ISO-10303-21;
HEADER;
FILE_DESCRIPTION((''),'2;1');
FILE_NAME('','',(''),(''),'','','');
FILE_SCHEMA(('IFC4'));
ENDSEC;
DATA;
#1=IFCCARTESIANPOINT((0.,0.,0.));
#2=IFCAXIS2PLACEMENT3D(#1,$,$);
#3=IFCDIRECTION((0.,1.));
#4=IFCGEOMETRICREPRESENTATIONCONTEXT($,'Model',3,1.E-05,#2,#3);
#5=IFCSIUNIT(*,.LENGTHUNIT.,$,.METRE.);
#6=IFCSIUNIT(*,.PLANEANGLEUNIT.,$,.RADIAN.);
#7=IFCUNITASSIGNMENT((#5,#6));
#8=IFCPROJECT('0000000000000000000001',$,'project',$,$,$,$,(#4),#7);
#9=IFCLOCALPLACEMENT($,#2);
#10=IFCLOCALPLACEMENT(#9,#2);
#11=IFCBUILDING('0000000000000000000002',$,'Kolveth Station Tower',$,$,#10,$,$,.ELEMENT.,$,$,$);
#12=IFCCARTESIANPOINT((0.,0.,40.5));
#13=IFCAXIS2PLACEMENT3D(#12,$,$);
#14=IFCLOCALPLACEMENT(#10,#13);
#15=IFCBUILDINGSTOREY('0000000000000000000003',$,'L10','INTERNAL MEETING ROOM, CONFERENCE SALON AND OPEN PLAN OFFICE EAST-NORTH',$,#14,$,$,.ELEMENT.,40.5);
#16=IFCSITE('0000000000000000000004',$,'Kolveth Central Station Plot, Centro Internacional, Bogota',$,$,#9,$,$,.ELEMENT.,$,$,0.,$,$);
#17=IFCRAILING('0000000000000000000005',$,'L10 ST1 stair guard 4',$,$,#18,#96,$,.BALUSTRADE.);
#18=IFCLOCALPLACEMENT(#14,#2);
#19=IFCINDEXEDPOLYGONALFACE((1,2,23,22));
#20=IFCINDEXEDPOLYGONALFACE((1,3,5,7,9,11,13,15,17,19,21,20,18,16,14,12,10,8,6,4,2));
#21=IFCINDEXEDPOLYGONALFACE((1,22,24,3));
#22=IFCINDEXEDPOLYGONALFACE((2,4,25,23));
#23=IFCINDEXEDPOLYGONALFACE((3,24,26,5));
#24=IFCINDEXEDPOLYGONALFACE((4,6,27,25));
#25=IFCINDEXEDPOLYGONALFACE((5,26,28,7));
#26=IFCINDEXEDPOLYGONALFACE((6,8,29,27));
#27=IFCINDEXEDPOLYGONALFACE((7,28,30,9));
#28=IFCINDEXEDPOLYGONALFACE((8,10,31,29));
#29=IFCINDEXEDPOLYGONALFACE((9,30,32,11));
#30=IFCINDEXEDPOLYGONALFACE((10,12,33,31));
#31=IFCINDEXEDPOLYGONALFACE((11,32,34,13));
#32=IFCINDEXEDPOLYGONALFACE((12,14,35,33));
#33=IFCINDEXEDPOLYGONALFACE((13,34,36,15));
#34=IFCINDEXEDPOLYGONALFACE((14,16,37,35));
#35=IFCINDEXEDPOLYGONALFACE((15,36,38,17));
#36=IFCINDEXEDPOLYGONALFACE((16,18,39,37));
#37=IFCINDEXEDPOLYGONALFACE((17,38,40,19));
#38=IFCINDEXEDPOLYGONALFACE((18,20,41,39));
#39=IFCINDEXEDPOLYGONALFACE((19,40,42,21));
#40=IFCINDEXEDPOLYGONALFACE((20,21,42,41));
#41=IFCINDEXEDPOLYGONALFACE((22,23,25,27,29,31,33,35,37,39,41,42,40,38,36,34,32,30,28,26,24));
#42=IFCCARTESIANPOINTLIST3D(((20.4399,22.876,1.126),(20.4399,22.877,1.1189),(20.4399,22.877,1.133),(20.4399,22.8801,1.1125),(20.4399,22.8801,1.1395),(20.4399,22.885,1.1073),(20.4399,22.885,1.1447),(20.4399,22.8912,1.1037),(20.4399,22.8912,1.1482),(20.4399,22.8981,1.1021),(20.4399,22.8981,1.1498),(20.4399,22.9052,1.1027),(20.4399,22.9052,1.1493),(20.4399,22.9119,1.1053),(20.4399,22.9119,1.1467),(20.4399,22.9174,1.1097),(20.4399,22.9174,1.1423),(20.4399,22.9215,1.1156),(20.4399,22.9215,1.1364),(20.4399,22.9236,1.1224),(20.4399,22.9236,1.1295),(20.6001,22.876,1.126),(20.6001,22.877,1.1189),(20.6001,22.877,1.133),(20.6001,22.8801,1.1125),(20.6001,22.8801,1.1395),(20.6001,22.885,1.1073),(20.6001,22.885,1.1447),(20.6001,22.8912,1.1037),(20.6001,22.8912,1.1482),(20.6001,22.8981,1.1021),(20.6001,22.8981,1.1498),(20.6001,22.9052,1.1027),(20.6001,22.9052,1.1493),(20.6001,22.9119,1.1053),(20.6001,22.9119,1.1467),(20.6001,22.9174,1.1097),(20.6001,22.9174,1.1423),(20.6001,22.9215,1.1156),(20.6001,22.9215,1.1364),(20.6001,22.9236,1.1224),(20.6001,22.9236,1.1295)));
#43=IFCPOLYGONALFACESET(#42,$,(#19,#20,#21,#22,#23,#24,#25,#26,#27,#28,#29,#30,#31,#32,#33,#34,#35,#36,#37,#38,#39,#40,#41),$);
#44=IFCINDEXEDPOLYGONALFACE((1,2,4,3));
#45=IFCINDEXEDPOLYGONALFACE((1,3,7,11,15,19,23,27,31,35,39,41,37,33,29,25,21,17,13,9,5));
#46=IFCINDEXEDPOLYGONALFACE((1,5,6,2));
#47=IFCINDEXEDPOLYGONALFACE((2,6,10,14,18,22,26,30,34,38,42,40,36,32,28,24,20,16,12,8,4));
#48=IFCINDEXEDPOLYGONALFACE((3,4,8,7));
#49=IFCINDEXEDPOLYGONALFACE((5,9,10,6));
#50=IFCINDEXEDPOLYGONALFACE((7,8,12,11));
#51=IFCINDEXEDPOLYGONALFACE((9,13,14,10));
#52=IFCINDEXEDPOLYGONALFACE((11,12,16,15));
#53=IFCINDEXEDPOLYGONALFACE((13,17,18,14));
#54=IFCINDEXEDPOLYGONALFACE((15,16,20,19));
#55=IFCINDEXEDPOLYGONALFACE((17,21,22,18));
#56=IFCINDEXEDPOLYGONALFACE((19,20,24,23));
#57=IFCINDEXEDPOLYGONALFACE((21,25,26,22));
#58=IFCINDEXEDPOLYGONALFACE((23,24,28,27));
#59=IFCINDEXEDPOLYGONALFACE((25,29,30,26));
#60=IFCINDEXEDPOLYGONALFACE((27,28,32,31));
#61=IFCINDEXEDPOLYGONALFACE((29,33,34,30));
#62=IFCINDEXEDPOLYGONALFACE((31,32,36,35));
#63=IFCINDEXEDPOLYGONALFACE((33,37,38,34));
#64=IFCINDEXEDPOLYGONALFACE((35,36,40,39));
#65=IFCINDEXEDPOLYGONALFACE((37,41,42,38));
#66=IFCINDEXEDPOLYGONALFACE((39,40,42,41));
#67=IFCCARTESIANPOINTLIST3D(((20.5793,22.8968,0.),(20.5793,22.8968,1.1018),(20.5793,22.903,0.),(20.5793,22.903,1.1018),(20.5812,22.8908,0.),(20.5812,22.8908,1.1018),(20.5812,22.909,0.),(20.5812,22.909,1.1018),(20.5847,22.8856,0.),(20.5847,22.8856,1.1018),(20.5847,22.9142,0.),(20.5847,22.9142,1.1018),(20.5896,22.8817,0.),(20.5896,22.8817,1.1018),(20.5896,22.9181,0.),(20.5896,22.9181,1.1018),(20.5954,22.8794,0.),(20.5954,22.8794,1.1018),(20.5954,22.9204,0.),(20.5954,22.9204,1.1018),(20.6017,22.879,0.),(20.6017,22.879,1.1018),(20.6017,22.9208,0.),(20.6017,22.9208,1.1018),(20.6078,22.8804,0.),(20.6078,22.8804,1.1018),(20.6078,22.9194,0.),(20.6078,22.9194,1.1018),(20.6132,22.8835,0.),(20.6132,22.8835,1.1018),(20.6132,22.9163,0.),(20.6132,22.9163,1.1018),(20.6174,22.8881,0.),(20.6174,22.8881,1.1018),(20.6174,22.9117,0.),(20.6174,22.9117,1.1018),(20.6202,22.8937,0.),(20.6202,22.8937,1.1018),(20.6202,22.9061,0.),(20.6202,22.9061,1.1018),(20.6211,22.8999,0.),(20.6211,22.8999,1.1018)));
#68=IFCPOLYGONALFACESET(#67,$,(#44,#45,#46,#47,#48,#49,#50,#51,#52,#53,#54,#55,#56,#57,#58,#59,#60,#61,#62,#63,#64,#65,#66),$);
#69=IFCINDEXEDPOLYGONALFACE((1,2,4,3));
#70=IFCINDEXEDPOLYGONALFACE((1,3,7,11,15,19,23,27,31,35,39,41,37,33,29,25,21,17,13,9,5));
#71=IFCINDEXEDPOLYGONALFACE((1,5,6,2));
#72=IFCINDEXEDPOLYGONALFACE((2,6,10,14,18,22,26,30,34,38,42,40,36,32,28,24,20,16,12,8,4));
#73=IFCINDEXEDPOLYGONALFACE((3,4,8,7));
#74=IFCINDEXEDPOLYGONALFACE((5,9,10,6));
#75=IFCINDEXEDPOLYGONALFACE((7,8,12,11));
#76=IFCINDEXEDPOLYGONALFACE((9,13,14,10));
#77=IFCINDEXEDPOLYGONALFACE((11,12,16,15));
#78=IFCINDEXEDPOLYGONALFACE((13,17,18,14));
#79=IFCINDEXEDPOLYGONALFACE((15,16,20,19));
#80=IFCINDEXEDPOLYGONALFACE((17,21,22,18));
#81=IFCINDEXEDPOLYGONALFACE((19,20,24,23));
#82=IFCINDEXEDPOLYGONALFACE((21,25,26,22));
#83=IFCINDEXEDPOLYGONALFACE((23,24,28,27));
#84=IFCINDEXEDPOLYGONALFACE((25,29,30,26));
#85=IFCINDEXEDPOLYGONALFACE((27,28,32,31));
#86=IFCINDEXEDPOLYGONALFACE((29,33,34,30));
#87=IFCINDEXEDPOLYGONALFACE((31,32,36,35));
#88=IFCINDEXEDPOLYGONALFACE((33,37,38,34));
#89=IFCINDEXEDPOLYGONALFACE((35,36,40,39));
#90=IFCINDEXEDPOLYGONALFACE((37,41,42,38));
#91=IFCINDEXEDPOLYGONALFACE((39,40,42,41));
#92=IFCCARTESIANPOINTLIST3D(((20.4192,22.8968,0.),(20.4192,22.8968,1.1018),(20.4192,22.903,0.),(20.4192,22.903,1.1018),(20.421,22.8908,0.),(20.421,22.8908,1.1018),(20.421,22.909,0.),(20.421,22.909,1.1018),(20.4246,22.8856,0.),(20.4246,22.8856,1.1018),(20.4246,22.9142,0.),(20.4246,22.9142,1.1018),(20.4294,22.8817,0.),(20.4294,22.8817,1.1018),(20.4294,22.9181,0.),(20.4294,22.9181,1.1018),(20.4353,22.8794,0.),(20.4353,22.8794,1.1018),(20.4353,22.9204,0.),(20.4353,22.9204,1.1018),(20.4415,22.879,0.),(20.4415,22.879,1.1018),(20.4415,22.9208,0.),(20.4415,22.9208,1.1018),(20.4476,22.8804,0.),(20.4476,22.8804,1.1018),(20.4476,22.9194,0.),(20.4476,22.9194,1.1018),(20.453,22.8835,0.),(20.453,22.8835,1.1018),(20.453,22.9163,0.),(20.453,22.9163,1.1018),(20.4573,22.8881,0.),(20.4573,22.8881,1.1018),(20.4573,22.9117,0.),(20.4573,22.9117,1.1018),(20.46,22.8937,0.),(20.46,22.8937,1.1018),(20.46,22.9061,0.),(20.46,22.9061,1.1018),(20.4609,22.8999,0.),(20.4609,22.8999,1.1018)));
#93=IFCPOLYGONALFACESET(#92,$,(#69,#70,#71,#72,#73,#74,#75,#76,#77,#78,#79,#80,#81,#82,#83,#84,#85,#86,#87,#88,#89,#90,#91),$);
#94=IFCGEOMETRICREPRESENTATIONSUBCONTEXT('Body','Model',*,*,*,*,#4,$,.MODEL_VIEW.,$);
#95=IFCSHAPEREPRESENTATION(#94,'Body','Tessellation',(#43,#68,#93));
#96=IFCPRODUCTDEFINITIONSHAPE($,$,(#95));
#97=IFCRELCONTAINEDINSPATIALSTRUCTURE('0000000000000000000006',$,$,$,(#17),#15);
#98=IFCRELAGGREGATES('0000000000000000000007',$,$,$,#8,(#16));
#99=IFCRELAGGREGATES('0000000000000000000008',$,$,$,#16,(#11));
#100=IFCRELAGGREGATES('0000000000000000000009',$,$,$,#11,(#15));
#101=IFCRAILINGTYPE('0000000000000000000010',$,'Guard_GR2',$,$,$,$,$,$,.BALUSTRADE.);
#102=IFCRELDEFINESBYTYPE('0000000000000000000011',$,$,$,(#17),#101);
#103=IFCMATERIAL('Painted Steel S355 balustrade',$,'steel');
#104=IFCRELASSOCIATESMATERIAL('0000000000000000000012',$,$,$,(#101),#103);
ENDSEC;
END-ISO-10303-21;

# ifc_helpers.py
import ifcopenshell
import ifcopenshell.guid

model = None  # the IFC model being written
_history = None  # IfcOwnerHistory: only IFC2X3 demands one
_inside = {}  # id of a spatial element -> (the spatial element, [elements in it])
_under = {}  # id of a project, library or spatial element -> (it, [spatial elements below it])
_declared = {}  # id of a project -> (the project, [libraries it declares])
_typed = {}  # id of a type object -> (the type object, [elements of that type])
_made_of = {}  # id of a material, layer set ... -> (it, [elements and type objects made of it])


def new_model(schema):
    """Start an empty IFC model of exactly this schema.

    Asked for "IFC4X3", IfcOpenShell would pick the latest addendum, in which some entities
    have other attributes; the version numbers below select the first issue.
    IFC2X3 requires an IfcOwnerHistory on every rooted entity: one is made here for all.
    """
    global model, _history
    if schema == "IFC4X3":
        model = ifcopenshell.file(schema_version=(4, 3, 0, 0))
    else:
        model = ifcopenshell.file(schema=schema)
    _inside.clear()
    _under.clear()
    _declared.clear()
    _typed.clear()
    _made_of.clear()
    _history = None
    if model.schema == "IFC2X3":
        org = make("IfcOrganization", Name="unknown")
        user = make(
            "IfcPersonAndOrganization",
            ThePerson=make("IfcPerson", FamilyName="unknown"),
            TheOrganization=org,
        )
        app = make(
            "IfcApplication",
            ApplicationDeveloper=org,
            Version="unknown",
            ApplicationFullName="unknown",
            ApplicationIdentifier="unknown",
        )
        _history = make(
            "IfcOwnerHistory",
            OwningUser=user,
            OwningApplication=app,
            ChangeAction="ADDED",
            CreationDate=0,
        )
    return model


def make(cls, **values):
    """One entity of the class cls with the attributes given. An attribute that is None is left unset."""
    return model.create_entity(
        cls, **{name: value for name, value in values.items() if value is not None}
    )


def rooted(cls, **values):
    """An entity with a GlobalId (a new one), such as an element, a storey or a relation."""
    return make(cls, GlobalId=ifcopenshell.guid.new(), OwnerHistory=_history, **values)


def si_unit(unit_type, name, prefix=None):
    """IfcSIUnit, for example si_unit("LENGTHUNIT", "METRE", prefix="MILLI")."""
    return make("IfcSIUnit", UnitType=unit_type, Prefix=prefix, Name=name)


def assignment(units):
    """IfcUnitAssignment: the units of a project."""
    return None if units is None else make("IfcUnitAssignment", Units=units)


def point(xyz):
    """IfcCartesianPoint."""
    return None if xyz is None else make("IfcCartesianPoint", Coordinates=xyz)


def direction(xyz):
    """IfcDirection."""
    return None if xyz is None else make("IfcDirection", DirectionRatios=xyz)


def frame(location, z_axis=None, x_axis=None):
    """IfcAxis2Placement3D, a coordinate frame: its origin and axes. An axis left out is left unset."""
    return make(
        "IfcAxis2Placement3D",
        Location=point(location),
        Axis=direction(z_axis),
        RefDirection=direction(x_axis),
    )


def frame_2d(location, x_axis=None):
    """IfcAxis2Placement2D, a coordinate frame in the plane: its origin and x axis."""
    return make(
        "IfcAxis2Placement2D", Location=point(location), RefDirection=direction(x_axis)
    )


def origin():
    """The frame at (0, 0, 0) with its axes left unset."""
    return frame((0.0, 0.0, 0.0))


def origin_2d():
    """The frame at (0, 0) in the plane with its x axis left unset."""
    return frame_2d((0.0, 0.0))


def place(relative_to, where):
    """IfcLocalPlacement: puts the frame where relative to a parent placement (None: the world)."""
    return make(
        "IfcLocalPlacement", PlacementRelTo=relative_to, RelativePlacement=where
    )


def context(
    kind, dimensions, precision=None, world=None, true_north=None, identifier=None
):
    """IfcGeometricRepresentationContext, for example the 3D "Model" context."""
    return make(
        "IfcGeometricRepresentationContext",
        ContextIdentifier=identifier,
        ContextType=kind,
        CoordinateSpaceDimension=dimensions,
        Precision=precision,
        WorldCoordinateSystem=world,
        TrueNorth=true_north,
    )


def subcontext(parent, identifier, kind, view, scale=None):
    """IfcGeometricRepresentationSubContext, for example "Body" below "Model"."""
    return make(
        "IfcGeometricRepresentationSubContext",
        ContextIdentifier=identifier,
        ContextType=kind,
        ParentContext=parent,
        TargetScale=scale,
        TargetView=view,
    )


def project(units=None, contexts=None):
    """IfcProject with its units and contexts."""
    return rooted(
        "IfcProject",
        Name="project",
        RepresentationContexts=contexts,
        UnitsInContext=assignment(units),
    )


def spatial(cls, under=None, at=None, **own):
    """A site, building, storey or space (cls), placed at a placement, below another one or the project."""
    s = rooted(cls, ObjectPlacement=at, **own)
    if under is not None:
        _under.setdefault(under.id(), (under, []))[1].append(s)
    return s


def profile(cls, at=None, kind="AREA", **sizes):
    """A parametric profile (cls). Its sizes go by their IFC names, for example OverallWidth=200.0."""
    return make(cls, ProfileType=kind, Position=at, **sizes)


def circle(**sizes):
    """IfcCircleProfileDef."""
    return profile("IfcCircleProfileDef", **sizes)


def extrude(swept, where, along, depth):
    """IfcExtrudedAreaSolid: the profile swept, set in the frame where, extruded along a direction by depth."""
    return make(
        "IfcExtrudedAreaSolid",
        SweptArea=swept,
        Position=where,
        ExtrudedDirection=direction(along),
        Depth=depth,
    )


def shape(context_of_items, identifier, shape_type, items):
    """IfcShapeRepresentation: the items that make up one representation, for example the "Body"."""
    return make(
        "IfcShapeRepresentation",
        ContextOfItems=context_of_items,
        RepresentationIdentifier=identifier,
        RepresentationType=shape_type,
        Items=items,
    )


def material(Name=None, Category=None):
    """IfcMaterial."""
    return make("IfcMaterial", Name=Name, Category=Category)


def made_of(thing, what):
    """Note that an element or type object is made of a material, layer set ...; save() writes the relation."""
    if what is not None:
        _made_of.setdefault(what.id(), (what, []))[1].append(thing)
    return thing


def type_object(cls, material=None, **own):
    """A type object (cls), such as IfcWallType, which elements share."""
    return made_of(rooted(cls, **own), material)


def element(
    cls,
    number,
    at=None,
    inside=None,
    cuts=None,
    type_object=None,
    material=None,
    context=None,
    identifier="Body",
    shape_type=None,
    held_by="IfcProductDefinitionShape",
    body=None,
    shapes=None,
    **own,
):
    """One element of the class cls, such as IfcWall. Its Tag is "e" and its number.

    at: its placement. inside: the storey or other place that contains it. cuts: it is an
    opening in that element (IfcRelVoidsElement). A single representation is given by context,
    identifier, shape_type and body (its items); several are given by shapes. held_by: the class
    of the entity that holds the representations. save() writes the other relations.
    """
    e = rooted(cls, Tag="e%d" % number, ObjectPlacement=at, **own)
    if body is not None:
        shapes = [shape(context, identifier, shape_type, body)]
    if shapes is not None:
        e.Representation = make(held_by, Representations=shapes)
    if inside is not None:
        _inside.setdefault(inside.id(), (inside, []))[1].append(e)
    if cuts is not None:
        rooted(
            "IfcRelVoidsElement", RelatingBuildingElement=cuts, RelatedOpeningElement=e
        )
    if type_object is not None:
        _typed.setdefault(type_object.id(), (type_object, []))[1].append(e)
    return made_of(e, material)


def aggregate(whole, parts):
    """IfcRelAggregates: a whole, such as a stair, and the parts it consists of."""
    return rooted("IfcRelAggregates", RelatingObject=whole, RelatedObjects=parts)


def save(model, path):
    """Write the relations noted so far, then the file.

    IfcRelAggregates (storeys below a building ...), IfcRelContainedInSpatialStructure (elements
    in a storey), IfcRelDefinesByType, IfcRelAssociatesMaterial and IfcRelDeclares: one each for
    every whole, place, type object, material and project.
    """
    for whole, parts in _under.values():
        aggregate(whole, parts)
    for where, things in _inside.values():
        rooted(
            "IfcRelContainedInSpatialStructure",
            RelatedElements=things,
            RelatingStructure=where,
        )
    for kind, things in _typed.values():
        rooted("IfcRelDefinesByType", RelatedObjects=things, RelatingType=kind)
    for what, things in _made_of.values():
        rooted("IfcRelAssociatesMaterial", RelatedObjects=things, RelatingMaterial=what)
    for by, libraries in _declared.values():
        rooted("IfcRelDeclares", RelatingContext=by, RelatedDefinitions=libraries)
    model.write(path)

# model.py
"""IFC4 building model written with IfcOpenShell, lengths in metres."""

from ifc_helpers import new_model, si_unit, direction, frame, origin, origin_2d, place, context, subcontext, project, spatial, circle, extrude, material, type_object, element, save


model = new_model("IFC4")

# Units and contexts
model_context = context("Model", 3, precision=1e-05, world=origin(), true_north=direction((0.0, 1.0)))
body_context = subcontext(model_context, "Body", "Model", "MODEL_VIEW")
ifc_project = project(units=[si_unit("LENGTHUNIT", "METRE"), si_unit("PLANEANGLEUNIT", "RADIAN")], contexts=[model_context])

# Site, building, storey
site_placement = place(None, origin())
site = spatial("IfcSite", under=ifc_project, at=site_placement, Name="Kolveth Central Station Plot, Centro Internacional, Bogota", CompositionType="ELEMENT", RefElevation=0.0)
building_placement = place(site_placement, origin())
building = spatial("IfcBuilding", under=site, at=building_placement, Name="Kolveth Station Tower", CompositionType="ELEMENT")
storey_placement = place(building_placement, frame((0.0, 0.0, 40.5)))
storey = spatial("IfcBuildingStorey", under=building, at=storey_placement, Name="L10", Description="INTERNAL MEETING ROOM, CONFERENCE SALON AND OPEN PLAN OFFICE EAST-NORTH", CompositionType="ELEMENT", Elevation=40.5)

# Railing
ifc_material_1 = material(Name="Painted Steel S355 balustrade", Category="steel")
railing_type_1 = type_object("IfcRailingType", Name="Guard_GR2", PredefinedType="BALUSTRADE", material=ifc_material_1)
railing_1_placement = place(storey_placement, frame((20.6001, 22.8999, 0.0)))
element("IfcRailing", 1, at=railing_1_placement, inside=storey, type_object=railing_type_1, Name="L10 ST1 stair guard 4", PredefinedType="BALUSTRADE", context=body_context, shape_type="SweptSolid", body=[
    extrude(circle(Radius=0.0239, at=origin_2d()), frame((0.0, 0.0, 1.126), z_axis=(-1.0, 0.0, 0.0), x_axis=(0.0, -1.0, 0.0)), (0.0, 0.0, 1.0), 0.1602),
    extrude(circle(Radius=0.021, at=origin_2d()), origin(), (0.0, 0.0, 1.0), 1.1018),
    extrude(circle(Radius=0.021, at=origin_2d()), frame((-0.1602, 0.0, 0.0)), (0.0, 0.0, 1.0), 1.1018),
])

save(model, "model.ifc")
